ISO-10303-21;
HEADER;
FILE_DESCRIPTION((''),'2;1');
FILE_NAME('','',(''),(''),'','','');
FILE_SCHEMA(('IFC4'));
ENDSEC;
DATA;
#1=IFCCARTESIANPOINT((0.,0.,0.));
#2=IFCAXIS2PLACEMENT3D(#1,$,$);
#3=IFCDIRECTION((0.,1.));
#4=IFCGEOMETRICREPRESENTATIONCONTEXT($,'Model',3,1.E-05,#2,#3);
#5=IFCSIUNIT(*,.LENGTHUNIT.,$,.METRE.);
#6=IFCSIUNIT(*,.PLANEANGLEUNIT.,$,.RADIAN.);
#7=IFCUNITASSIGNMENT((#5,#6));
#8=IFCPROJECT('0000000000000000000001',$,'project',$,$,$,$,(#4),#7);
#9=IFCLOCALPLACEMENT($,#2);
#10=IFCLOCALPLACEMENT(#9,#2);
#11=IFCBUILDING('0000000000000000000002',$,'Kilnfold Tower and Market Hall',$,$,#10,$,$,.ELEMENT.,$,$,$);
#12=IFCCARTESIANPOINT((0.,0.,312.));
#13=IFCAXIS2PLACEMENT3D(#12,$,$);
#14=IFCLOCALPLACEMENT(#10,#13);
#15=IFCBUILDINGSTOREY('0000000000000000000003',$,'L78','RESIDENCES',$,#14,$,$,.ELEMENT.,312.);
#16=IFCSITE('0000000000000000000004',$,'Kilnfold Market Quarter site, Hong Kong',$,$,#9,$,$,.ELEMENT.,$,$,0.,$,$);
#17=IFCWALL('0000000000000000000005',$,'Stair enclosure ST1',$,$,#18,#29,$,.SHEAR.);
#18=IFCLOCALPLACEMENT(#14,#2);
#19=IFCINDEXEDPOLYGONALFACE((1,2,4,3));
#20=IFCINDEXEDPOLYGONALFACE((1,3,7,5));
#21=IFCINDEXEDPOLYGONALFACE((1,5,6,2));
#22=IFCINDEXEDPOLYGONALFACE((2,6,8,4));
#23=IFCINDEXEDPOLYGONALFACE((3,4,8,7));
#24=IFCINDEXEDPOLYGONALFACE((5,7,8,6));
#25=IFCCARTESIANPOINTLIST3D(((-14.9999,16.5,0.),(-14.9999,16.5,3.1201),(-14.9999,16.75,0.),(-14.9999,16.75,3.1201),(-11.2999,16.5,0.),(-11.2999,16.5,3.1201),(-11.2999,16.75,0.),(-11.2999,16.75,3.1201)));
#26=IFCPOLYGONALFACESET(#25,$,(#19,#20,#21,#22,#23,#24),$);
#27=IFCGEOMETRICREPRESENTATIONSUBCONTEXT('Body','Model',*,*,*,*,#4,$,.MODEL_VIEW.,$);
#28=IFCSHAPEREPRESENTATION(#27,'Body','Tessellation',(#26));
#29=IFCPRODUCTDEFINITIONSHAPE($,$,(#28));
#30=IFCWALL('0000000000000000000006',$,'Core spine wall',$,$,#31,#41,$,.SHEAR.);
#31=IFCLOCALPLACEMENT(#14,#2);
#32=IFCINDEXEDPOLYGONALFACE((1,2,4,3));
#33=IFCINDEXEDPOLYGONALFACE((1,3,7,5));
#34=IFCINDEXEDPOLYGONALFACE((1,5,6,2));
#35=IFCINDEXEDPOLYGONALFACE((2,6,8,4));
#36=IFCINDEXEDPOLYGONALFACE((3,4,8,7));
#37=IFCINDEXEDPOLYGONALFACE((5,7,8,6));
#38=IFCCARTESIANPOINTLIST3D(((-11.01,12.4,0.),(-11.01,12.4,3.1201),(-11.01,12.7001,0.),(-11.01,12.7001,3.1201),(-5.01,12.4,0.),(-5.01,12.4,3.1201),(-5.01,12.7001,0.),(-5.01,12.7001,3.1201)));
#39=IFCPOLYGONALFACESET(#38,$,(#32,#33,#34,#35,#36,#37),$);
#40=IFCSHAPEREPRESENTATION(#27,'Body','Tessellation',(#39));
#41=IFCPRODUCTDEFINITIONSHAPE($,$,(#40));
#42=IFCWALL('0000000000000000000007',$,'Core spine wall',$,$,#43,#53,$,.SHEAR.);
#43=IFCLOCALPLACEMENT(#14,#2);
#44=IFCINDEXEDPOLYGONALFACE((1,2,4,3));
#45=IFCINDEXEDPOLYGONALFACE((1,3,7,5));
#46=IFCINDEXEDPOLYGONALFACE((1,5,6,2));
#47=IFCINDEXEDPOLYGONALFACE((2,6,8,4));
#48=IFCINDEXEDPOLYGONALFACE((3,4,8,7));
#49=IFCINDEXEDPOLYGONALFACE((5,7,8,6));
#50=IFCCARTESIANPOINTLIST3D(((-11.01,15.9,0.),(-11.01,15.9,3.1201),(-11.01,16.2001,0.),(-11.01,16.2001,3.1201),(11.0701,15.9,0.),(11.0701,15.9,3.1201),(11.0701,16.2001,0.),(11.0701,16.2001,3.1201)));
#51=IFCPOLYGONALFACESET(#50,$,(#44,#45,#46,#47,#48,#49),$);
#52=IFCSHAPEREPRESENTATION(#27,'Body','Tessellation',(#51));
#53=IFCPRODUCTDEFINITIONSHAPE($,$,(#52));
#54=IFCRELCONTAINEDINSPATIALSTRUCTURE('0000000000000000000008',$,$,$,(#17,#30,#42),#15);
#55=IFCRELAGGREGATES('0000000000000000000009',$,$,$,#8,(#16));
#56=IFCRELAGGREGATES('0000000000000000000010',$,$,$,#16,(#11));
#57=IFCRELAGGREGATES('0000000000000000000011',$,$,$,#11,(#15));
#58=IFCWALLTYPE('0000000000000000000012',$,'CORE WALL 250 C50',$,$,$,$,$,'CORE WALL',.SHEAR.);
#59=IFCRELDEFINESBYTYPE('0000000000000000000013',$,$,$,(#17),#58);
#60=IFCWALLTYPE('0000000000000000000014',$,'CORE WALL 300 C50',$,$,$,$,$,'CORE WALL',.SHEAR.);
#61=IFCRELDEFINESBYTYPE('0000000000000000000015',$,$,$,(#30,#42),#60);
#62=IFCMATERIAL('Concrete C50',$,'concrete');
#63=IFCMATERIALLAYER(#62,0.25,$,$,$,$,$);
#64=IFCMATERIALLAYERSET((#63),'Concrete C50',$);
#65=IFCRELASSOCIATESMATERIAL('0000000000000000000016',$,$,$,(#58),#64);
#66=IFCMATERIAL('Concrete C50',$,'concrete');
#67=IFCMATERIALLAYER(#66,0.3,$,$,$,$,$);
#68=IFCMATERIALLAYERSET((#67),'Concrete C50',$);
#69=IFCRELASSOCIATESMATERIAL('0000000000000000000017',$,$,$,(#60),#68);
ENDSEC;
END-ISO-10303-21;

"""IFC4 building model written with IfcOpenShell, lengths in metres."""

from ifc_helpers import new_model, si_unit, direction, frame, frame_2d, origin, place, context, subcontext, project, spatial, rectangle, extrude, source, transform, mapped, material, layer, layer_set, type_object, element, save


model = new_model("IFC4")

# Units and contexts
model_context = context("Model", 3, precision=1e-05, world=origin(), true_north=direction((0.0, 1.0)))
body_context = subcontext(model_context, "Body", "Model", "MODEL_VIEW")
ifc_project = project(units=[si_unit("LENGTHUNIT", "METRE"), si_unit("PLANEANGLEUNIT", "RADIAN")], contexts=[model_context])

# Site, building, storey
site_placement = place(None, origin())
site = spatial("IfcSite", under=ifc_project, at=site_placement, Name="Kilnfold Market Quarter site, Hong Kong", CompositionType="ELEMENT", RefElevation=0.0)
building_placement = place(site_placement, origin())
building = spatial("IfcBuilding", under=site, at=building_placement, Name="Kilnfold Tower and Market Hall", CompositionType="ELEMENT")
storey_placement = place(building_placement, frame((0.0, 0.0, 312.0)))
storey = spatial("IfcBuildingStorey", under=building, at=storey_placement, Name="L78", Description="RESIDENCES", CompositionType="ELEMENT", Elevation=312.0)

# Walls
ifc_material_1 = material(Name="Concrete C50", Category="concrete")
ifc_layer_1 = layer(ifc_material_1, 0.25)
ifc_layer_set_1 = layer_set([ifc_layer_1], Name="Concrete C50")
wall_type_1 = type_object("IfcWallType", Name="CORE WALL 250 C50", ElementType="CORE WALL", PredefinedType="SHEAR", material=ifc_layer_set_1)
shared_shape_1 = source(origin(), body_context, "Body", "SweptSolid", [
    extrude(rectangle(XDim=3.7, YDim=0.25, at=frame_2d((1.8501, 0.0))), origin(), (0.0, 0.0, 1.0), 3.1201),
])
wall_1_placement = place(storey_placement, frame((-15.0, 16.625, 0.0), z_axis=(0.0, 0.0, 1.0), x_axis=(1.0, 0.0, 0.0)))
element("IfcWall", 1, at=wall_1_placement, inside=storey, type_object=wall_type_1, Name="Stair enclosure ST1", PredefinedType="SHEAR", context=body_context, shape_type="MappedRepresentation", body=[
    mapped(shared_shape_1, transform((0.0, 0.0, 0.0))),
])
ifc_material_2 = material(Name="Concrete C50", Category="concrete")
ifc_layer_2 = layer(ifc_material_2, 0.3)
ifc_layer_set_2 = layer_set([ifc_layer_2], Name="Concrete C50")
wall_type_2 = type_object("IfcWallType", Name="CORE WALL 300 C50", ElementType="CORE WALL", PredefinedType="SHEAR", material=ifc_layer_set_2)
shared_shape_2 = source(origin(), body_context, "Body", "SweptSolid", [
    extrude(rectangle(XDim=6.0, YDim=0.3, at=frame_2d((3.0, 0.0))), origin(), (0.0, 0.0, 1.0), 3.1201),
])
wall_2_placement = place(storey_placement, frame((-11.01, 12.55, 0.0), z_axis=(0.0, 0.0, 1.0), x_axis=(1.0, 0.0, 0.0)))
element("IfcWall", 2, at=wall_2_placement, inside=storey, type_object=wall_type_2, Name="Core spine wall", PredefinedType="SHEAR", context=body_context, shape_type="MappedRepresentation", body=[
    mapped(shared_shape_2, transform((0.0, 0.0, 0.0))),
])
shared_shape_3 = source(origin(), body_context, "Body", "SweptSolid", [
    extrude(rectangle(XDim=22.0801, YDim=0.3, at=frame_2d((11.04, 0.0))), origin(), (0.0, 0.0, 1.0), 3.1201),
])
wall_3_placement = place(storey_placement, frame((-11.01, 16.05, 0.0), z_axis=(0.0, 0.0, 1.0), x_axis=(1.0, 0.0, 0.0)))
element("IfcWall", 3, at=wall_3_placement, inside=storey, type_object=wall_type_2, Name="Core spine wall", PredefinedType="SHEAR", context=body_context, shape_type="MappedRepresentation", body=[
    mapped(shared_shape_3, transform((0.0, 0.0, 0.0))),
])

save(model, "model.ifc")
